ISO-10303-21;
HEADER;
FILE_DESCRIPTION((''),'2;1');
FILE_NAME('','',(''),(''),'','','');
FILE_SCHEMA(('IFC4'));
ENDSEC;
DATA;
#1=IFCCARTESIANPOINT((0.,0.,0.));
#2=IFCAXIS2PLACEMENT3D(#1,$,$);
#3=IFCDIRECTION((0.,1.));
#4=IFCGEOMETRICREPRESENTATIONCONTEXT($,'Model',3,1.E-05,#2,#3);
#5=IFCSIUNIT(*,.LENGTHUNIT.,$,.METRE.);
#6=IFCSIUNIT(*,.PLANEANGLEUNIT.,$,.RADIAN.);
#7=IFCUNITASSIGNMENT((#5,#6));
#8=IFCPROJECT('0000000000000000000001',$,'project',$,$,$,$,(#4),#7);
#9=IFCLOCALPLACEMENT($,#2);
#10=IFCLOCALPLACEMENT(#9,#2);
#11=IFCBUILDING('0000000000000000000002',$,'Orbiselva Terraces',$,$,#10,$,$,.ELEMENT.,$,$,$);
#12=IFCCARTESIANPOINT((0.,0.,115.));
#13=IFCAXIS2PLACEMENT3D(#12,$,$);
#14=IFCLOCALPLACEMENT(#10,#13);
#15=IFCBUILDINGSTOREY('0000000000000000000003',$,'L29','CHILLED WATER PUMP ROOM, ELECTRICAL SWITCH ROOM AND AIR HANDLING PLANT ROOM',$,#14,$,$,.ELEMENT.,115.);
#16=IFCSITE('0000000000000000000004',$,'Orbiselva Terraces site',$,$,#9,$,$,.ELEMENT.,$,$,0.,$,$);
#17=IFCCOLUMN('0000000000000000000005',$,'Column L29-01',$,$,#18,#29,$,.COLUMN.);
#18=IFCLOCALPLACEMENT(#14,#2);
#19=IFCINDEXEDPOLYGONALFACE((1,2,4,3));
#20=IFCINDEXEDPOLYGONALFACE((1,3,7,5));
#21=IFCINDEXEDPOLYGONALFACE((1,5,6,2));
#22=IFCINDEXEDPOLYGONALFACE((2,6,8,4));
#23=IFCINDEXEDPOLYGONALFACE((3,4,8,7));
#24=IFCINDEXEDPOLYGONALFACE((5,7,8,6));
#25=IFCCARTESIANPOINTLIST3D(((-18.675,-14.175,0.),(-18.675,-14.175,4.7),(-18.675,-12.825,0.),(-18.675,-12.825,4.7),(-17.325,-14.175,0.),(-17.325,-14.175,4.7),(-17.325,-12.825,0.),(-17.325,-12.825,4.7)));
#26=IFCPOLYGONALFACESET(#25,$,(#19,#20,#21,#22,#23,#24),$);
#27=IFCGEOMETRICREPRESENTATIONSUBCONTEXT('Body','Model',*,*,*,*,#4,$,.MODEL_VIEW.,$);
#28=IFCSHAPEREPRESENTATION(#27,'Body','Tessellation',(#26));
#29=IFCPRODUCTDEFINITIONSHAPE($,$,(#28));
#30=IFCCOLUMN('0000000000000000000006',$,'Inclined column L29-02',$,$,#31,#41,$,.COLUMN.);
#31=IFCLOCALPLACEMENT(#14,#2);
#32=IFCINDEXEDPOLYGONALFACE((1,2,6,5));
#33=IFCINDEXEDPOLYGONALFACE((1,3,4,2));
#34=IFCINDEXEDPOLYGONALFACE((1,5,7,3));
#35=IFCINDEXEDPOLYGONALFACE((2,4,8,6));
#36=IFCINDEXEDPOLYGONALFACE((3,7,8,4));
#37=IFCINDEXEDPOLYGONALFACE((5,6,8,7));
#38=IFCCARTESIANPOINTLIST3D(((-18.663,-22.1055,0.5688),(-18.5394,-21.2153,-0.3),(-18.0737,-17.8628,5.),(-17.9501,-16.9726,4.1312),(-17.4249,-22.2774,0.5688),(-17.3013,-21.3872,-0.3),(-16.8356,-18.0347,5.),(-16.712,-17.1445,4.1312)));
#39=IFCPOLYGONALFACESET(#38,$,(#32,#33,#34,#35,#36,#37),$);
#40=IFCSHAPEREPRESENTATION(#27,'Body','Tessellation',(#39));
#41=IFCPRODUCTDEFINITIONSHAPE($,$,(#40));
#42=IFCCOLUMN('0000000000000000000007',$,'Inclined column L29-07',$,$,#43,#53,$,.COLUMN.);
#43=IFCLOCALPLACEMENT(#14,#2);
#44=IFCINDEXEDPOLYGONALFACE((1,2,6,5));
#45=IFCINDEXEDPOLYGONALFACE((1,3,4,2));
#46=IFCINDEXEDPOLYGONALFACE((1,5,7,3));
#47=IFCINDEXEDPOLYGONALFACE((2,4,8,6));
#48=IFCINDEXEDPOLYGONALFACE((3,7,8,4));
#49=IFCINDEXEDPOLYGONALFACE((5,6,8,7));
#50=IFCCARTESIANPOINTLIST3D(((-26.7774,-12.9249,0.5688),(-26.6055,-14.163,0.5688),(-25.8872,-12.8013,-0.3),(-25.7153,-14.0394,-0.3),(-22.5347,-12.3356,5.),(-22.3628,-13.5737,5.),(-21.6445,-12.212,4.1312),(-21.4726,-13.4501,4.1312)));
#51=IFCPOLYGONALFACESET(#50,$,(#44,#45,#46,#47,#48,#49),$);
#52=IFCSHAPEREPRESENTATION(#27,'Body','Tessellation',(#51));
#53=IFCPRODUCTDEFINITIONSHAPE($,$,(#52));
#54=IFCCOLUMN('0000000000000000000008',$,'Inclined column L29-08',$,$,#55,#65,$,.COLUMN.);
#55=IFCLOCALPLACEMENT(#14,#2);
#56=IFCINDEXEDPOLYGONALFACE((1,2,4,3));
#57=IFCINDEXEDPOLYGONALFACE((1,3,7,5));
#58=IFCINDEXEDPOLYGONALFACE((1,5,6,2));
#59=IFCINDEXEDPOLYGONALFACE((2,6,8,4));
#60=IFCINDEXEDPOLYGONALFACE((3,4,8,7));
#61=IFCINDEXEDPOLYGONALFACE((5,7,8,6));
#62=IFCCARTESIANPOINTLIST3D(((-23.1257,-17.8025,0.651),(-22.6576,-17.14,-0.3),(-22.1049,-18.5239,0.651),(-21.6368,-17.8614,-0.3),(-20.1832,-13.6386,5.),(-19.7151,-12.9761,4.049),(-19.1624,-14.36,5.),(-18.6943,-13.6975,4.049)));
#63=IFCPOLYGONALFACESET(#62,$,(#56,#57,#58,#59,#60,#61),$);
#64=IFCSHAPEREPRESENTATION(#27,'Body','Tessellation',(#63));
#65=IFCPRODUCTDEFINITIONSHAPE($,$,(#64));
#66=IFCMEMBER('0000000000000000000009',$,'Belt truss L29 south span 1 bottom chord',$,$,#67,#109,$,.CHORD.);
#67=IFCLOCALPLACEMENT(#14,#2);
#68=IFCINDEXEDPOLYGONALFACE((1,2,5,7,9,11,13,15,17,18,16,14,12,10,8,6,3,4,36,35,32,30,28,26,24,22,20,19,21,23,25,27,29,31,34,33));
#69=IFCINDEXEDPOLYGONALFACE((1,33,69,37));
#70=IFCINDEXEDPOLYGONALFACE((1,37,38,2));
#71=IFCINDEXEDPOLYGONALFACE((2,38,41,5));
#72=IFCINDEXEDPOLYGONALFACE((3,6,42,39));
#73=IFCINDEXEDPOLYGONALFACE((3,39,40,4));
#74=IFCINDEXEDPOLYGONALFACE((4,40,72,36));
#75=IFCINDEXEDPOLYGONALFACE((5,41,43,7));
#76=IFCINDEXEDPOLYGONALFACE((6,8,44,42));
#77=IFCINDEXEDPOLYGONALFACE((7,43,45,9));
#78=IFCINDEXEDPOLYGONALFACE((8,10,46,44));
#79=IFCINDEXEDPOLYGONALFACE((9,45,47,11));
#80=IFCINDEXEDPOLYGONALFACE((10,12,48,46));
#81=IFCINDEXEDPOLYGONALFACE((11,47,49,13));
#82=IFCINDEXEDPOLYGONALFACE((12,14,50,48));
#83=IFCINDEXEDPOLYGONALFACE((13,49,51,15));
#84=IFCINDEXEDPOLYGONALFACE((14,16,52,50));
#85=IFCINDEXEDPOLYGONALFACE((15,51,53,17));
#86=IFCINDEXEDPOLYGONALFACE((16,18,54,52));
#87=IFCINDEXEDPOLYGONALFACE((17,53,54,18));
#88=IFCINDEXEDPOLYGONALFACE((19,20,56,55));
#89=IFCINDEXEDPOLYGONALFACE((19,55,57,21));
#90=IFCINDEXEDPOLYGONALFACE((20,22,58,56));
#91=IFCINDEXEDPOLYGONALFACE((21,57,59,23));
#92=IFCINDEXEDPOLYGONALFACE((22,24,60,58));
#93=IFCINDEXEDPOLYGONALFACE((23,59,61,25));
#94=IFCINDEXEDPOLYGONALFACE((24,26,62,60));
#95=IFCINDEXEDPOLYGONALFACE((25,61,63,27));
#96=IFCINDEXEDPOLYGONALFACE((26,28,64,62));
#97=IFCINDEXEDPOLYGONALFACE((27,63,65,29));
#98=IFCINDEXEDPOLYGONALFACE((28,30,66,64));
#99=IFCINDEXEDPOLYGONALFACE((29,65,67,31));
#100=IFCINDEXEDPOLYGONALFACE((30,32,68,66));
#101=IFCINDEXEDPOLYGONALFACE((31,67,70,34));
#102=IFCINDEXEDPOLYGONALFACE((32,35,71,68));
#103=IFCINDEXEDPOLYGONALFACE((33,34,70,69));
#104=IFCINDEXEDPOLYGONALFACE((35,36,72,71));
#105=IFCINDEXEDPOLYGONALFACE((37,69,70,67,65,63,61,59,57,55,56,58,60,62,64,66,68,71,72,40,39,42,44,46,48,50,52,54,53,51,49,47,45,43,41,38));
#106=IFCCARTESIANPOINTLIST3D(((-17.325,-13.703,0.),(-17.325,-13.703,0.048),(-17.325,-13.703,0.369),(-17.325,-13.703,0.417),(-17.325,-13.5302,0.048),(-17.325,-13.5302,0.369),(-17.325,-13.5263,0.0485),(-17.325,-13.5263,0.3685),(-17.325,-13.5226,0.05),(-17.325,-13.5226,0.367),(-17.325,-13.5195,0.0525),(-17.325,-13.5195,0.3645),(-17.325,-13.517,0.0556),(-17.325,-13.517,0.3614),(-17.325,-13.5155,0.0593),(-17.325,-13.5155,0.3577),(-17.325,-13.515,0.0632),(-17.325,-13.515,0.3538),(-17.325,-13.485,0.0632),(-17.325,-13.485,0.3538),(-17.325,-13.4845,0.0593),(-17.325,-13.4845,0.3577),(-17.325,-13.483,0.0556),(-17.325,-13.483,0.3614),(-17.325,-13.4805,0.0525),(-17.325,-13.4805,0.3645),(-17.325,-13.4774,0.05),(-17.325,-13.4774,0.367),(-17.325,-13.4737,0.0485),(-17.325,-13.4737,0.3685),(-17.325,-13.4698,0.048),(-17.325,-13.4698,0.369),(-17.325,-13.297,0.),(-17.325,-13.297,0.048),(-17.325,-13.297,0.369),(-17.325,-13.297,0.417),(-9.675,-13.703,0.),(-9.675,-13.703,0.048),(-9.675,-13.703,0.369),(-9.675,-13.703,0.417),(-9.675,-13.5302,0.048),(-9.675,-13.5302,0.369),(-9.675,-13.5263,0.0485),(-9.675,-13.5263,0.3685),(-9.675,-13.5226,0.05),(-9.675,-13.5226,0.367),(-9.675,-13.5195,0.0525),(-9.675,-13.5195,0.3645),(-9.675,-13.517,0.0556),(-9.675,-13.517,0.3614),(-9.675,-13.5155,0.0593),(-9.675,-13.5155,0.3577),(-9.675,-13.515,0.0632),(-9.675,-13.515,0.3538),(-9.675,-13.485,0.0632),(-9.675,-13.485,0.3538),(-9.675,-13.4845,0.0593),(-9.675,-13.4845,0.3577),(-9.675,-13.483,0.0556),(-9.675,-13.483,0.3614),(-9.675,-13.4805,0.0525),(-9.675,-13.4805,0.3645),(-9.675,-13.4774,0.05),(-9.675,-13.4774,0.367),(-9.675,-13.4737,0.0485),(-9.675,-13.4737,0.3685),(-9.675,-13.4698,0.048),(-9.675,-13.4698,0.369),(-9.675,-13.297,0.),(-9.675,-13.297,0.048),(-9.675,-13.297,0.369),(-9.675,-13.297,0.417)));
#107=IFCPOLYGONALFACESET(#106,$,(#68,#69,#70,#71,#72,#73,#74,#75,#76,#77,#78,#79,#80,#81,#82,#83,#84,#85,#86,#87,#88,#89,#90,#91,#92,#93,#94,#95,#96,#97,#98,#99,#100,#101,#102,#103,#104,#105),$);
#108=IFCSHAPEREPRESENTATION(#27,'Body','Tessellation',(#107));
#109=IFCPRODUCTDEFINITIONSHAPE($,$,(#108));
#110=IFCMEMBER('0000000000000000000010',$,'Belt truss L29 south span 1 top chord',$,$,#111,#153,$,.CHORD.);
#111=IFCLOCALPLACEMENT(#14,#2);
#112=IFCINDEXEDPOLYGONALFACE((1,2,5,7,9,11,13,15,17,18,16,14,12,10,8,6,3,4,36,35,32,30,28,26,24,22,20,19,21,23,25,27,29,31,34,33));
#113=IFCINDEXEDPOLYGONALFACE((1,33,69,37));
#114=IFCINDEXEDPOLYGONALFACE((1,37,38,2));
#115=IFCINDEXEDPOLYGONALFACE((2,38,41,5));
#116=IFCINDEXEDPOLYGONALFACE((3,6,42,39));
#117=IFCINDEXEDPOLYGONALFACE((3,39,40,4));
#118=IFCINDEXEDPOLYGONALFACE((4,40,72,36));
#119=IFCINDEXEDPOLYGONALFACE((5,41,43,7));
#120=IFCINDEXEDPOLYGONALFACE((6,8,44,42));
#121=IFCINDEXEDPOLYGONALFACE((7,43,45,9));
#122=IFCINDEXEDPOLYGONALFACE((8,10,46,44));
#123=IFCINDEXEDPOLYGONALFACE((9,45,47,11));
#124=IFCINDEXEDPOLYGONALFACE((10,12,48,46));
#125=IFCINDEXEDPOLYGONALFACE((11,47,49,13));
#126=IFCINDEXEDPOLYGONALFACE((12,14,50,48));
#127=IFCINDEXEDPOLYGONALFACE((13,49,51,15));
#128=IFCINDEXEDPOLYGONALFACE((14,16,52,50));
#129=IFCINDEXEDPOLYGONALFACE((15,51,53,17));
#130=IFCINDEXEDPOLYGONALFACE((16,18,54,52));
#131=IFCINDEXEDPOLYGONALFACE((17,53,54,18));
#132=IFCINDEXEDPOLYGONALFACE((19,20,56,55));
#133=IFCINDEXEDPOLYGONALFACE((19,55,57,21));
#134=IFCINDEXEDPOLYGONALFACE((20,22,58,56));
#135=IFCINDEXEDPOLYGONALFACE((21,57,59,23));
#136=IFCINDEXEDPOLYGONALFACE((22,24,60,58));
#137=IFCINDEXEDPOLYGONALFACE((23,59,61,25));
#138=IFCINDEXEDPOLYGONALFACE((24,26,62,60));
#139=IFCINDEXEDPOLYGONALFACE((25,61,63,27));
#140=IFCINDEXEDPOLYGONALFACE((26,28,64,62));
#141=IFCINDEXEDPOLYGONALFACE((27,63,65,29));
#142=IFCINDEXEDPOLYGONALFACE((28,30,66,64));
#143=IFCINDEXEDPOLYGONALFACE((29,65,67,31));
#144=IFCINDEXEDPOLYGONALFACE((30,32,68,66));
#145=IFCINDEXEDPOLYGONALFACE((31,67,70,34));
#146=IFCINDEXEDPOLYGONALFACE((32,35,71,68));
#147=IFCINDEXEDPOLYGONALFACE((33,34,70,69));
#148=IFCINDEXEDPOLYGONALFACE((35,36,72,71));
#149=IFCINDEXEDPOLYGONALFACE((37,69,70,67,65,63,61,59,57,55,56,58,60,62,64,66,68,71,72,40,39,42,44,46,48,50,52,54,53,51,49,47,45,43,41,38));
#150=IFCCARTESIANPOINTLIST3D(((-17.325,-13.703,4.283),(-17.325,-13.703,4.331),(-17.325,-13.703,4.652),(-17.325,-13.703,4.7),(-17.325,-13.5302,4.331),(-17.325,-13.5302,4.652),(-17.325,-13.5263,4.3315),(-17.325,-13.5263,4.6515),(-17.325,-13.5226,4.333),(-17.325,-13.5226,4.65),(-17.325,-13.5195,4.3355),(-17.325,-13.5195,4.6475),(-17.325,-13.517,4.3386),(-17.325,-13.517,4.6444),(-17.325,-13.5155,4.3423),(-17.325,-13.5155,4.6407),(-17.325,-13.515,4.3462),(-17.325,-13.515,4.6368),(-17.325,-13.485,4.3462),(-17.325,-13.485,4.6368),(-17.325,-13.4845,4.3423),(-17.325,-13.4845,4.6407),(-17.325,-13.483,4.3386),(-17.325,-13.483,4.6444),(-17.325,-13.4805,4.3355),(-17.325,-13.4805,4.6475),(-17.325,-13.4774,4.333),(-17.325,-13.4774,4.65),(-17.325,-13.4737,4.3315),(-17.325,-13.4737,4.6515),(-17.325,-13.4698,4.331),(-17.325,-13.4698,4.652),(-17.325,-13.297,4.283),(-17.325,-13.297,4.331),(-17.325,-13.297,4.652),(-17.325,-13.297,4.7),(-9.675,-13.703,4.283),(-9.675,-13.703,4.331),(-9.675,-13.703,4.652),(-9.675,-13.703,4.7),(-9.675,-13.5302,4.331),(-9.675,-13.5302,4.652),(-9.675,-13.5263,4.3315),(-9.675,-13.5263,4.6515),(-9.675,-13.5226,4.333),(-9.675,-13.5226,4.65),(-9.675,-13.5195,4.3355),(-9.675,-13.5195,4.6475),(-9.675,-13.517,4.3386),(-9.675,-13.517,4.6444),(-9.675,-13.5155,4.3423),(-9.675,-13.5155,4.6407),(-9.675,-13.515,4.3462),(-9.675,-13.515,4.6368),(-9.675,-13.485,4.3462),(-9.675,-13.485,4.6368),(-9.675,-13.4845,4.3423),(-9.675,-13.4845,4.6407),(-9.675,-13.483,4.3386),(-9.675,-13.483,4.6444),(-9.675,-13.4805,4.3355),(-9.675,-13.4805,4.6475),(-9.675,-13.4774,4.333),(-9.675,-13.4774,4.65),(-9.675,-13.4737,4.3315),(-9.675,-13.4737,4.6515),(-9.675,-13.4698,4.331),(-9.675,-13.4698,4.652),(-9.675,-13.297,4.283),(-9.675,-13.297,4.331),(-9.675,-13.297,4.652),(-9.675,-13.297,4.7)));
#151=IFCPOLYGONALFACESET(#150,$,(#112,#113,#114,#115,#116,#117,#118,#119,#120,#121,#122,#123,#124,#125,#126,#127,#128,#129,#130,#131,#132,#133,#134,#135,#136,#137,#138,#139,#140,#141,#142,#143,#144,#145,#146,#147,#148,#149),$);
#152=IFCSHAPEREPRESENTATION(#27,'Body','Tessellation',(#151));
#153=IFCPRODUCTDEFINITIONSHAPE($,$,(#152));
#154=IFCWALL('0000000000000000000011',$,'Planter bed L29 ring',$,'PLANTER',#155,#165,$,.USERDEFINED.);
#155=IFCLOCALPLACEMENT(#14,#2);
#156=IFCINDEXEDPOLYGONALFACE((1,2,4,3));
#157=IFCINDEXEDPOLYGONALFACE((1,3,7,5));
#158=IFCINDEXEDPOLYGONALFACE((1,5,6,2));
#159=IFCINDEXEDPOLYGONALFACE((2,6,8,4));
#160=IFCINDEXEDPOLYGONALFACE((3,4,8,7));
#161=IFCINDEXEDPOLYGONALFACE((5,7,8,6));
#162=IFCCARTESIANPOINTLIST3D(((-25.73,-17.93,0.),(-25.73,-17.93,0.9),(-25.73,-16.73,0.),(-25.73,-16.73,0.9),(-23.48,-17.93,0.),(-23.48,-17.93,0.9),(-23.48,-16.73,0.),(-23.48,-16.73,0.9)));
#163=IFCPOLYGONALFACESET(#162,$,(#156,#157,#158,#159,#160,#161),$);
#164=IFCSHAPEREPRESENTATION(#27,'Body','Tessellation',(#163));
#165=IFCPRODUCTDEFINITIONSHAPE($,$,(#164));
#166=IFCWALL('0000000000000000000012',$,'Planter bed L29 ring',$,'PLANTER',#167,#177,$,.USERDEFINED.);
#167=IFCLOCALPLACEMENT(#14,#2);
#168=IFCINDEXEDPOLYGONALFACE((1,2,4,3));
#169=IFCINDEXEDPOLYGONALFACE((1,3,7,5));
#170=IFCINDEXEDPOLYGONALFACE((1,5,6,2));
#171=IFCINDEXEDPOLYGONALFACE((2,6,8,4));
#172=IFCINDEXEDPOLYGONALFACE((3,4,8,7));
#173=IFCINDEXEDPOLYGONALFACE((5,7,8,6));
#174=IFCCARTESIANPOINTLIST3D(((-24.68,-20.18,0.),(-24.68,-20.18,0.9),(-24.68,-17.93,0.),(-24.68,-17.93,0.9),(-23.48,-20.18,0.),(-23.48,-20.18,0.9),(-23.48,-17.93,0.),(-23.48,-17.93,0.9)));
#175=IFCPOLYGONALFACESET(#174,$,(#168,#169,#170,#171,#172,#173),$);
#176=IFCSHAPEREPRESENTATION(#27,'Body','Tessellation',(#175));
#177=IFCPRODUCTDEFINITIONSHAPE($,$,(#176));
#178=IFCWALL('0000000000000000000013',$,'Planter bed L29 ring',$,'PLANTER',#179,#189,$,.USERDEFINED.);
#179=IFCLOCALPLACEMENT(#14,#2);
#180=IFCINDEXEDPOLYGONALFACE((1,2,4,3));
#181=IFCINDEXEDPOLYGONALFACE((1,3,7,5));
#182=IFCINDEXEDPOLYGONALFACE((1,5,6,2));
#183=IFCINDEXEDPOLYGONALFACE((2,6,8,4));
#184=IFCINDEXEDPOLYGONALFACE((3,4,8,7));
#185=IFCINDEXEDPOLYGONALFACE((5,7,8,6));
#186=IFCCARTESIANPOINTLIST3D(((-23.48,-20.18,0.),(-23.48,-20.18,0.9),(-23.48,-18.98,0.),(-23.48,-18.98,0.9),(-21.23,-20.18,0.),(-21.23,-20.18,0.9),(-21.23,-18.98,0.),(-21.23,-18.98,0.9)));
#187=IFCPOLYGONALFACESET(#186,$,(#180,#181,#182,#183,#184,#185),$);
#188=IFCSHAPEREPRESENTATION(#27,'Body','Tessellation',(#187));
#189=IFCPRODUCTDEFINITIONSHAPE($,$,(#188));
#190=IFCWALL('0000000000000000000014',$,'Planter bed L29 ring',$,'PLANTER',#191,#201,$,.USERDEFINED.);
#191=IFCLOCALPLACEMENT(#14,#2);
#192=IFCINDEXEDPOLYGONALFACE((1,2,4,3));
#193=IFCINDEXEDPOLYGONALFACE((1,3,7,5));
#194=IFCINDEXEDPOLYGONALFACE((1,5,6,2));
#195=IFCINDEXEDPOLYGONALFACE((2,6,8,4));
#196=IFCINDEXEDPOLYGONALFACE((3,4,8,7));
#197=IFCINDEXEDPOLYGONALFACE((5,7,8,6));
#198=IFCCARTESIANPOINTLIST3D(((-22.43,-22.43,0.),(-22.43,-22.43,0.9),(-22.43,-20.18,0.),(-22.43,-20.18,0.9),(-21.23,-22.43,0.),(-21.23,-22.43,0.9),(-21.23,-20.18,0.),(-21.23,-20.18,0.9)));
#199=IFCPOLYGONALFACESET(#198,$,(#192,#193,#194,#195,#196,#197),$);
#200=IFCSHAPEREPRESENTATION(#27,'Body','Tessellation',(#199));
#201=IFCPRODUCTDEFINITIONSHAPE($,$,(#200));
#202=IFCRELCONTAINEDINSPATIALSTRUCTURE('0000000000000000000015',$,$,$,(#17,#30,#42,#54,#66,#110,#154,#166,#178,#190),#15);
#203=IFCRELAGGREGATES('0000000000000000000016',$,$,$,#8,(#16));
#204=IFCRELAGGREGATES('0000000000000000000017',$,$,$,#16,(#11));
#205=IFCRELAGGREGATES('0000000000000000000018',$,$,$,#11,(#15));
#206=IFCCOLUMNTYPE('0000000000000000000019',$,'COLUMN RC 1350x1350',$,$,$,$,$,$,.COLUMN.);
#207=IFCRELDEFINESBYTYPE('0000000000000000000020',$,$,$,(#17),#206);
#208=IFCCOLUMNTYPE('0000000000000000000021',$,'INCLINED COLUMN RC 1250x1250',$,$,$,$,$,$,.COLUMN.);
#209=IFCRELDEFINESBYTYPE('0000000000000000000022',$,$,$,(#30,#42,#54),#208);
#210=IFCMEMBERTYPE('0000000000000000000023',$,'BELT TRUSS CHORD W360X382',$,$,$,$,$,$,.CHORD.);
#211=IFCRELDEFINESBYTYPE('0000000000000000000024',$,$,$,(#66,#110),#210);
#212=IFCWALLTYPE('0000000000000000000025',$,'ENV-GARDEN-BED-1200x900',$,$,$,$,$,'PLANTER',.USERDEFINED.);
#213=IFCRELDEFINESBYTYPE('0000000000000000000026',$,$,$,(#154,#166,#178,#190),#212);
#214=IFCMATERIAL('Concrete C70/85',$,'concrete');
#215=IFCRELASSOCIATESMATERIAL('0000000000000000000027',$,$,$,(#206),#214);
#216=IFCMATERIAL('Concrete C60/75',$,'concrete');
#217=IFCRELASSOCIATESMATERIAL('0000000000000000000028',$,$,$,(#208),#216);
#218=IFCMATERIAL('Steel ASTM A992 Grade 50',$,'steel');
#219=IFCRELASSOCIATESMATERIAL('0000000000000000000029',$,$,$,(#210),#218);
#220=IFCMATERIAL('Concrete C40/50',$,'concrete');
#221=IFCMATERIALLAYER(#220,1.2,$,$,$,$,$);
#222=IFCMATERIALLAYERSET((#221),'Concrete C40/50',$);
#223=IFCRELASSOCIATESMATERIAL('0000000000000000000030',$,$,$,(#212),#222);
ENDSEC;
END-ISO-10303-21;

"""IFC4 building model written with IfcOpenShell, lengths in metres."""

from ifc_helpers import new_model, si_unit, direction, frame, frame_2d, origin, origin_2d, place, context, subcontext, project, spatial, rectangle, i_section, extrude, material, layer, layer_set, material_profile, profile_set, type_object, element, save


model = new_model("IFC4")

# Units and contexts
model_context = context("Model", 3, precision=1e-05, world=origin(), true_north=direction((0.0, 1.0)))
body_context = subcontext(model_context, "Body", "Model", "MODEL_VIEW")
ifc_project = project(units=[si_unit("LENGTHUNIT", "METRE"), si_unit("PLANEANGLEUNIT", "RADIAN")], contexts=[model_context])

# Site, building, storey
site_placement = place(None, origin())
site = spatial("IfcSite", under=ifc_project, at=site_placement, Name="Orbiselva Terraces site", CompositionType="ELEMENT", RefElevation=0.0)
building_placement = place(site_placement, origin())
building = spatial("IfcBuilding", under=site, at=building_placement, Name="Orbiselva Terraces", CompositionType="ELEMENT")
storey_placement = place(building_placement, frame((0.0, 0.0, 115.0)))
storey = spatial("IfcBuildingStorey", under=building, at=storey_placement, Name="L29", Description="CHILLED WATER PUMP ROOM, ELECTRICAL SWITCH ROOM AND AIR HANDLING PLANT ROOM", CompositionType="ELEMENT", Elevation=115.0)

# Columns
ifc_material_1 = material(Name="Concrete C70/85", Category="concrete")
ifc_material_profile_1 = material_profile(ifc_material_1, rectangle(XDim=1.35, YDim=1.35, at=origin_2d()), Name="RC 1350x1350")
ifc_profile_set_1 = profile_set([ifc_material_profile_1], Name="Concrete C70/85")
column_type_1 = type_object("IfcColumnType", Name="COLUMN RC 1350x1350", PredefinedType="COLUMN", material=ifc_profile_set_1)
column_1_placement = place(storey_placement, frame((-18.0, -13.5, 0.0), z_axis=(0.0, 0.0, 1.0), x_axis=(1.0, 0.0, 0.0)))
element("IfcColumn", 1, at=column_1_placement, inside=storey, type_object=column_type_1, Name="Column L29-01", PredefinedType="COLUMN", context=body_context, shape_type="SweptSolid", body=[
    extrude(rectangle(XDim=1.35, YDim=1.35, at=origin_2d()), origin(), (0.0, 0.0, 1.0), 4.7),
])
ifc_material_2 = material(Name="Concrete C60/75", Category="concrete")
ifc_material_profile_2 = material_profile(ifc_material_2, rectangle(XDim=1.25, YDim=1.25, at=origin_2d()), Name="RC 1250x1250")
ifc_profile_set_2 = profile_set([ifc_material_profile_2], Name="Concrete C60/75")
column_type_2 = type_object("IfcColumnType", Name="INCLINED COLUMN RC 1250x1250", PredefinedType="COLUMN", material=ifc_profile_set_2)
for number, where, z_axis, x_axis, name in (
    (2, (-17.9821, -21.7463, 0.1344), (0.095612, 0.688403, 0.718999), (-0.990492, 0.137568, 0.0), "Inclined column L29-02"),
    (3, (-26.2463, -13.4821, 0.1344), (0.688403, 0.095612, 0.718999), (-0.137568, 0.990492, 0.0), "Inclined column L29-07"),
):
    element("IfcColumn", number, at=place(storey_placement, frame(where, z_axis=z_axis, x_axis=x_axis)), inside=storey, type_object=column_type_2, Name=name, PredefinedType="COLUMN", context=body_context, shape_type="SweptSolid", body=[
        extrude(rectangle(XDim=1.25, YDim=1.25, at=origin_2d()), origin(), (0.0, 0.0, 1.0), 6.1631),
    ])
column_2_placement = place(storey_placement, frame((-22.3812, -17.832, 0.1755), z_axis=(0.439081, 0.621341, 0.648956), x_axis=(-0.816666, 0.57711, 0.0)))
element("IfcColumn", 4, at=column_2_placement, inside=storey, type_object=column_type_2, Name="Inclined column L29-08", PredefinedType="COLUMN", context=body_context, shape_type="SweptSolid", body=[
    extrude(rectangle(XDim=1.25, YDim=1.25, at=origin_2d()), origin(), (0.0, 0.0, 1.0), 6.7015),
])

# Members
ifc_material_3 = material(Name="Steel ASTM A992 Grade 50", Category="steel")
ifc_material_profile_3 = material_profile(ifc_material_3, i_section(OverallWidth=0.406, OverallDepth=0.417, WebThickness=0.03, FlangeThickness=0.048, FilletRadius=0.0152, at=origin_2d()), Name="W360X382")
ifc_profile_set_3 = profile_set([ifc_material_profile_3], Name="Steel ASTM A992 Grade 50")
member_type = type_object("IfcMemberType", Name="BELT TRUSS CHORD W360X382", PredefinedType="CHORD", material=ifc_profile_set_3)
for number, where, z_axis, x_axis, name in (
    (5, (-17.325, -13.5, 0.2085), (1.0, 0.0, 0.0), (0.0, 1.0, 0.0), "Belt truss L29 south span 1 bottom chord"),
    (6, (-17.325, -13.5, 4.4915), (1.0, 0.0, 0.0), (0.0, 1.0, 0.0), "Belt truss L29 south span 1 top chord"),
):
    element("IfcMember", number, at=place(storey_placement, frame(where, z_axis=z_axis, x_axis=x_axis)), inside=storey, type_object=member_type, Name=name, PredefinedType="CHORD", context=body_context, shape_type="SweptSolid", body=[
        extrude(i_section(OverallWidth=0.406, OverallDepth=0.417, WebThickness=0.03, FlangeThickness=0.048, FilletRadius=0.0152, at=origin_2d()), origin(), (0.0, 0.0, 1.0), 7.65),
    ])

# Walls
ifc_material_4 = material(Name="Concrete C40/50", Category="concrete")
ifc_layer_1 = layer(ifc_material_4, 1.2)
ifc_layer_set_1 = layer_set([ifc_layer_1], Name="Concrete C40/50")
wall_type_1 = type_object("IfcWallType", Name="ENV-GARDEN-BED-1200x900", ElementType="PLANTER", PredefinedType="USERDEFINED", material=ifc_layer_set_1)
for number, where, z_axis, x_axis, name in (
    (7, (-25.73, -17.33, 0.0), (0.0, 0.0, 1.0), (1.0, 0.0, 0.0), "Planter bed L29 ring"),
    (8, (-24.08, -17.93, 0.0), (0.0, 0.0, 1.0), (0.0, -1.0, 0.0), "Planter bed L29 ring"),
    (9, (-23.48, -19.58, 0.0), (0.0, 0.0, 1.0), (1.0, 0.0, 0.0), "Planter bed L29 ring"),
    (10, (-21.83, -20.18, 0.0), (0.0, 0.0, 1.0), (0.0, -1.0, 0.0), "Planter bed L29 ring"),
):
    element("IfcWall", number, at=place(storey_placement, frame(where, z_axis=z_axis, x_axis=x_axis)), inside=storey, type_object=wall_type_1, Name=name, ObjectType="PLANTER", PredefinedType="USERDEFINED", context=body_context, shape_type="SweptSolid", body=[
        extrude(rectangle(XDim=2.25, YDim=1.2, at=frame_2d((1.125, 0.0))), origin(), (0.0, 0.0, 1.0), 0.9),
    ])

save(model, "model.ifc")
